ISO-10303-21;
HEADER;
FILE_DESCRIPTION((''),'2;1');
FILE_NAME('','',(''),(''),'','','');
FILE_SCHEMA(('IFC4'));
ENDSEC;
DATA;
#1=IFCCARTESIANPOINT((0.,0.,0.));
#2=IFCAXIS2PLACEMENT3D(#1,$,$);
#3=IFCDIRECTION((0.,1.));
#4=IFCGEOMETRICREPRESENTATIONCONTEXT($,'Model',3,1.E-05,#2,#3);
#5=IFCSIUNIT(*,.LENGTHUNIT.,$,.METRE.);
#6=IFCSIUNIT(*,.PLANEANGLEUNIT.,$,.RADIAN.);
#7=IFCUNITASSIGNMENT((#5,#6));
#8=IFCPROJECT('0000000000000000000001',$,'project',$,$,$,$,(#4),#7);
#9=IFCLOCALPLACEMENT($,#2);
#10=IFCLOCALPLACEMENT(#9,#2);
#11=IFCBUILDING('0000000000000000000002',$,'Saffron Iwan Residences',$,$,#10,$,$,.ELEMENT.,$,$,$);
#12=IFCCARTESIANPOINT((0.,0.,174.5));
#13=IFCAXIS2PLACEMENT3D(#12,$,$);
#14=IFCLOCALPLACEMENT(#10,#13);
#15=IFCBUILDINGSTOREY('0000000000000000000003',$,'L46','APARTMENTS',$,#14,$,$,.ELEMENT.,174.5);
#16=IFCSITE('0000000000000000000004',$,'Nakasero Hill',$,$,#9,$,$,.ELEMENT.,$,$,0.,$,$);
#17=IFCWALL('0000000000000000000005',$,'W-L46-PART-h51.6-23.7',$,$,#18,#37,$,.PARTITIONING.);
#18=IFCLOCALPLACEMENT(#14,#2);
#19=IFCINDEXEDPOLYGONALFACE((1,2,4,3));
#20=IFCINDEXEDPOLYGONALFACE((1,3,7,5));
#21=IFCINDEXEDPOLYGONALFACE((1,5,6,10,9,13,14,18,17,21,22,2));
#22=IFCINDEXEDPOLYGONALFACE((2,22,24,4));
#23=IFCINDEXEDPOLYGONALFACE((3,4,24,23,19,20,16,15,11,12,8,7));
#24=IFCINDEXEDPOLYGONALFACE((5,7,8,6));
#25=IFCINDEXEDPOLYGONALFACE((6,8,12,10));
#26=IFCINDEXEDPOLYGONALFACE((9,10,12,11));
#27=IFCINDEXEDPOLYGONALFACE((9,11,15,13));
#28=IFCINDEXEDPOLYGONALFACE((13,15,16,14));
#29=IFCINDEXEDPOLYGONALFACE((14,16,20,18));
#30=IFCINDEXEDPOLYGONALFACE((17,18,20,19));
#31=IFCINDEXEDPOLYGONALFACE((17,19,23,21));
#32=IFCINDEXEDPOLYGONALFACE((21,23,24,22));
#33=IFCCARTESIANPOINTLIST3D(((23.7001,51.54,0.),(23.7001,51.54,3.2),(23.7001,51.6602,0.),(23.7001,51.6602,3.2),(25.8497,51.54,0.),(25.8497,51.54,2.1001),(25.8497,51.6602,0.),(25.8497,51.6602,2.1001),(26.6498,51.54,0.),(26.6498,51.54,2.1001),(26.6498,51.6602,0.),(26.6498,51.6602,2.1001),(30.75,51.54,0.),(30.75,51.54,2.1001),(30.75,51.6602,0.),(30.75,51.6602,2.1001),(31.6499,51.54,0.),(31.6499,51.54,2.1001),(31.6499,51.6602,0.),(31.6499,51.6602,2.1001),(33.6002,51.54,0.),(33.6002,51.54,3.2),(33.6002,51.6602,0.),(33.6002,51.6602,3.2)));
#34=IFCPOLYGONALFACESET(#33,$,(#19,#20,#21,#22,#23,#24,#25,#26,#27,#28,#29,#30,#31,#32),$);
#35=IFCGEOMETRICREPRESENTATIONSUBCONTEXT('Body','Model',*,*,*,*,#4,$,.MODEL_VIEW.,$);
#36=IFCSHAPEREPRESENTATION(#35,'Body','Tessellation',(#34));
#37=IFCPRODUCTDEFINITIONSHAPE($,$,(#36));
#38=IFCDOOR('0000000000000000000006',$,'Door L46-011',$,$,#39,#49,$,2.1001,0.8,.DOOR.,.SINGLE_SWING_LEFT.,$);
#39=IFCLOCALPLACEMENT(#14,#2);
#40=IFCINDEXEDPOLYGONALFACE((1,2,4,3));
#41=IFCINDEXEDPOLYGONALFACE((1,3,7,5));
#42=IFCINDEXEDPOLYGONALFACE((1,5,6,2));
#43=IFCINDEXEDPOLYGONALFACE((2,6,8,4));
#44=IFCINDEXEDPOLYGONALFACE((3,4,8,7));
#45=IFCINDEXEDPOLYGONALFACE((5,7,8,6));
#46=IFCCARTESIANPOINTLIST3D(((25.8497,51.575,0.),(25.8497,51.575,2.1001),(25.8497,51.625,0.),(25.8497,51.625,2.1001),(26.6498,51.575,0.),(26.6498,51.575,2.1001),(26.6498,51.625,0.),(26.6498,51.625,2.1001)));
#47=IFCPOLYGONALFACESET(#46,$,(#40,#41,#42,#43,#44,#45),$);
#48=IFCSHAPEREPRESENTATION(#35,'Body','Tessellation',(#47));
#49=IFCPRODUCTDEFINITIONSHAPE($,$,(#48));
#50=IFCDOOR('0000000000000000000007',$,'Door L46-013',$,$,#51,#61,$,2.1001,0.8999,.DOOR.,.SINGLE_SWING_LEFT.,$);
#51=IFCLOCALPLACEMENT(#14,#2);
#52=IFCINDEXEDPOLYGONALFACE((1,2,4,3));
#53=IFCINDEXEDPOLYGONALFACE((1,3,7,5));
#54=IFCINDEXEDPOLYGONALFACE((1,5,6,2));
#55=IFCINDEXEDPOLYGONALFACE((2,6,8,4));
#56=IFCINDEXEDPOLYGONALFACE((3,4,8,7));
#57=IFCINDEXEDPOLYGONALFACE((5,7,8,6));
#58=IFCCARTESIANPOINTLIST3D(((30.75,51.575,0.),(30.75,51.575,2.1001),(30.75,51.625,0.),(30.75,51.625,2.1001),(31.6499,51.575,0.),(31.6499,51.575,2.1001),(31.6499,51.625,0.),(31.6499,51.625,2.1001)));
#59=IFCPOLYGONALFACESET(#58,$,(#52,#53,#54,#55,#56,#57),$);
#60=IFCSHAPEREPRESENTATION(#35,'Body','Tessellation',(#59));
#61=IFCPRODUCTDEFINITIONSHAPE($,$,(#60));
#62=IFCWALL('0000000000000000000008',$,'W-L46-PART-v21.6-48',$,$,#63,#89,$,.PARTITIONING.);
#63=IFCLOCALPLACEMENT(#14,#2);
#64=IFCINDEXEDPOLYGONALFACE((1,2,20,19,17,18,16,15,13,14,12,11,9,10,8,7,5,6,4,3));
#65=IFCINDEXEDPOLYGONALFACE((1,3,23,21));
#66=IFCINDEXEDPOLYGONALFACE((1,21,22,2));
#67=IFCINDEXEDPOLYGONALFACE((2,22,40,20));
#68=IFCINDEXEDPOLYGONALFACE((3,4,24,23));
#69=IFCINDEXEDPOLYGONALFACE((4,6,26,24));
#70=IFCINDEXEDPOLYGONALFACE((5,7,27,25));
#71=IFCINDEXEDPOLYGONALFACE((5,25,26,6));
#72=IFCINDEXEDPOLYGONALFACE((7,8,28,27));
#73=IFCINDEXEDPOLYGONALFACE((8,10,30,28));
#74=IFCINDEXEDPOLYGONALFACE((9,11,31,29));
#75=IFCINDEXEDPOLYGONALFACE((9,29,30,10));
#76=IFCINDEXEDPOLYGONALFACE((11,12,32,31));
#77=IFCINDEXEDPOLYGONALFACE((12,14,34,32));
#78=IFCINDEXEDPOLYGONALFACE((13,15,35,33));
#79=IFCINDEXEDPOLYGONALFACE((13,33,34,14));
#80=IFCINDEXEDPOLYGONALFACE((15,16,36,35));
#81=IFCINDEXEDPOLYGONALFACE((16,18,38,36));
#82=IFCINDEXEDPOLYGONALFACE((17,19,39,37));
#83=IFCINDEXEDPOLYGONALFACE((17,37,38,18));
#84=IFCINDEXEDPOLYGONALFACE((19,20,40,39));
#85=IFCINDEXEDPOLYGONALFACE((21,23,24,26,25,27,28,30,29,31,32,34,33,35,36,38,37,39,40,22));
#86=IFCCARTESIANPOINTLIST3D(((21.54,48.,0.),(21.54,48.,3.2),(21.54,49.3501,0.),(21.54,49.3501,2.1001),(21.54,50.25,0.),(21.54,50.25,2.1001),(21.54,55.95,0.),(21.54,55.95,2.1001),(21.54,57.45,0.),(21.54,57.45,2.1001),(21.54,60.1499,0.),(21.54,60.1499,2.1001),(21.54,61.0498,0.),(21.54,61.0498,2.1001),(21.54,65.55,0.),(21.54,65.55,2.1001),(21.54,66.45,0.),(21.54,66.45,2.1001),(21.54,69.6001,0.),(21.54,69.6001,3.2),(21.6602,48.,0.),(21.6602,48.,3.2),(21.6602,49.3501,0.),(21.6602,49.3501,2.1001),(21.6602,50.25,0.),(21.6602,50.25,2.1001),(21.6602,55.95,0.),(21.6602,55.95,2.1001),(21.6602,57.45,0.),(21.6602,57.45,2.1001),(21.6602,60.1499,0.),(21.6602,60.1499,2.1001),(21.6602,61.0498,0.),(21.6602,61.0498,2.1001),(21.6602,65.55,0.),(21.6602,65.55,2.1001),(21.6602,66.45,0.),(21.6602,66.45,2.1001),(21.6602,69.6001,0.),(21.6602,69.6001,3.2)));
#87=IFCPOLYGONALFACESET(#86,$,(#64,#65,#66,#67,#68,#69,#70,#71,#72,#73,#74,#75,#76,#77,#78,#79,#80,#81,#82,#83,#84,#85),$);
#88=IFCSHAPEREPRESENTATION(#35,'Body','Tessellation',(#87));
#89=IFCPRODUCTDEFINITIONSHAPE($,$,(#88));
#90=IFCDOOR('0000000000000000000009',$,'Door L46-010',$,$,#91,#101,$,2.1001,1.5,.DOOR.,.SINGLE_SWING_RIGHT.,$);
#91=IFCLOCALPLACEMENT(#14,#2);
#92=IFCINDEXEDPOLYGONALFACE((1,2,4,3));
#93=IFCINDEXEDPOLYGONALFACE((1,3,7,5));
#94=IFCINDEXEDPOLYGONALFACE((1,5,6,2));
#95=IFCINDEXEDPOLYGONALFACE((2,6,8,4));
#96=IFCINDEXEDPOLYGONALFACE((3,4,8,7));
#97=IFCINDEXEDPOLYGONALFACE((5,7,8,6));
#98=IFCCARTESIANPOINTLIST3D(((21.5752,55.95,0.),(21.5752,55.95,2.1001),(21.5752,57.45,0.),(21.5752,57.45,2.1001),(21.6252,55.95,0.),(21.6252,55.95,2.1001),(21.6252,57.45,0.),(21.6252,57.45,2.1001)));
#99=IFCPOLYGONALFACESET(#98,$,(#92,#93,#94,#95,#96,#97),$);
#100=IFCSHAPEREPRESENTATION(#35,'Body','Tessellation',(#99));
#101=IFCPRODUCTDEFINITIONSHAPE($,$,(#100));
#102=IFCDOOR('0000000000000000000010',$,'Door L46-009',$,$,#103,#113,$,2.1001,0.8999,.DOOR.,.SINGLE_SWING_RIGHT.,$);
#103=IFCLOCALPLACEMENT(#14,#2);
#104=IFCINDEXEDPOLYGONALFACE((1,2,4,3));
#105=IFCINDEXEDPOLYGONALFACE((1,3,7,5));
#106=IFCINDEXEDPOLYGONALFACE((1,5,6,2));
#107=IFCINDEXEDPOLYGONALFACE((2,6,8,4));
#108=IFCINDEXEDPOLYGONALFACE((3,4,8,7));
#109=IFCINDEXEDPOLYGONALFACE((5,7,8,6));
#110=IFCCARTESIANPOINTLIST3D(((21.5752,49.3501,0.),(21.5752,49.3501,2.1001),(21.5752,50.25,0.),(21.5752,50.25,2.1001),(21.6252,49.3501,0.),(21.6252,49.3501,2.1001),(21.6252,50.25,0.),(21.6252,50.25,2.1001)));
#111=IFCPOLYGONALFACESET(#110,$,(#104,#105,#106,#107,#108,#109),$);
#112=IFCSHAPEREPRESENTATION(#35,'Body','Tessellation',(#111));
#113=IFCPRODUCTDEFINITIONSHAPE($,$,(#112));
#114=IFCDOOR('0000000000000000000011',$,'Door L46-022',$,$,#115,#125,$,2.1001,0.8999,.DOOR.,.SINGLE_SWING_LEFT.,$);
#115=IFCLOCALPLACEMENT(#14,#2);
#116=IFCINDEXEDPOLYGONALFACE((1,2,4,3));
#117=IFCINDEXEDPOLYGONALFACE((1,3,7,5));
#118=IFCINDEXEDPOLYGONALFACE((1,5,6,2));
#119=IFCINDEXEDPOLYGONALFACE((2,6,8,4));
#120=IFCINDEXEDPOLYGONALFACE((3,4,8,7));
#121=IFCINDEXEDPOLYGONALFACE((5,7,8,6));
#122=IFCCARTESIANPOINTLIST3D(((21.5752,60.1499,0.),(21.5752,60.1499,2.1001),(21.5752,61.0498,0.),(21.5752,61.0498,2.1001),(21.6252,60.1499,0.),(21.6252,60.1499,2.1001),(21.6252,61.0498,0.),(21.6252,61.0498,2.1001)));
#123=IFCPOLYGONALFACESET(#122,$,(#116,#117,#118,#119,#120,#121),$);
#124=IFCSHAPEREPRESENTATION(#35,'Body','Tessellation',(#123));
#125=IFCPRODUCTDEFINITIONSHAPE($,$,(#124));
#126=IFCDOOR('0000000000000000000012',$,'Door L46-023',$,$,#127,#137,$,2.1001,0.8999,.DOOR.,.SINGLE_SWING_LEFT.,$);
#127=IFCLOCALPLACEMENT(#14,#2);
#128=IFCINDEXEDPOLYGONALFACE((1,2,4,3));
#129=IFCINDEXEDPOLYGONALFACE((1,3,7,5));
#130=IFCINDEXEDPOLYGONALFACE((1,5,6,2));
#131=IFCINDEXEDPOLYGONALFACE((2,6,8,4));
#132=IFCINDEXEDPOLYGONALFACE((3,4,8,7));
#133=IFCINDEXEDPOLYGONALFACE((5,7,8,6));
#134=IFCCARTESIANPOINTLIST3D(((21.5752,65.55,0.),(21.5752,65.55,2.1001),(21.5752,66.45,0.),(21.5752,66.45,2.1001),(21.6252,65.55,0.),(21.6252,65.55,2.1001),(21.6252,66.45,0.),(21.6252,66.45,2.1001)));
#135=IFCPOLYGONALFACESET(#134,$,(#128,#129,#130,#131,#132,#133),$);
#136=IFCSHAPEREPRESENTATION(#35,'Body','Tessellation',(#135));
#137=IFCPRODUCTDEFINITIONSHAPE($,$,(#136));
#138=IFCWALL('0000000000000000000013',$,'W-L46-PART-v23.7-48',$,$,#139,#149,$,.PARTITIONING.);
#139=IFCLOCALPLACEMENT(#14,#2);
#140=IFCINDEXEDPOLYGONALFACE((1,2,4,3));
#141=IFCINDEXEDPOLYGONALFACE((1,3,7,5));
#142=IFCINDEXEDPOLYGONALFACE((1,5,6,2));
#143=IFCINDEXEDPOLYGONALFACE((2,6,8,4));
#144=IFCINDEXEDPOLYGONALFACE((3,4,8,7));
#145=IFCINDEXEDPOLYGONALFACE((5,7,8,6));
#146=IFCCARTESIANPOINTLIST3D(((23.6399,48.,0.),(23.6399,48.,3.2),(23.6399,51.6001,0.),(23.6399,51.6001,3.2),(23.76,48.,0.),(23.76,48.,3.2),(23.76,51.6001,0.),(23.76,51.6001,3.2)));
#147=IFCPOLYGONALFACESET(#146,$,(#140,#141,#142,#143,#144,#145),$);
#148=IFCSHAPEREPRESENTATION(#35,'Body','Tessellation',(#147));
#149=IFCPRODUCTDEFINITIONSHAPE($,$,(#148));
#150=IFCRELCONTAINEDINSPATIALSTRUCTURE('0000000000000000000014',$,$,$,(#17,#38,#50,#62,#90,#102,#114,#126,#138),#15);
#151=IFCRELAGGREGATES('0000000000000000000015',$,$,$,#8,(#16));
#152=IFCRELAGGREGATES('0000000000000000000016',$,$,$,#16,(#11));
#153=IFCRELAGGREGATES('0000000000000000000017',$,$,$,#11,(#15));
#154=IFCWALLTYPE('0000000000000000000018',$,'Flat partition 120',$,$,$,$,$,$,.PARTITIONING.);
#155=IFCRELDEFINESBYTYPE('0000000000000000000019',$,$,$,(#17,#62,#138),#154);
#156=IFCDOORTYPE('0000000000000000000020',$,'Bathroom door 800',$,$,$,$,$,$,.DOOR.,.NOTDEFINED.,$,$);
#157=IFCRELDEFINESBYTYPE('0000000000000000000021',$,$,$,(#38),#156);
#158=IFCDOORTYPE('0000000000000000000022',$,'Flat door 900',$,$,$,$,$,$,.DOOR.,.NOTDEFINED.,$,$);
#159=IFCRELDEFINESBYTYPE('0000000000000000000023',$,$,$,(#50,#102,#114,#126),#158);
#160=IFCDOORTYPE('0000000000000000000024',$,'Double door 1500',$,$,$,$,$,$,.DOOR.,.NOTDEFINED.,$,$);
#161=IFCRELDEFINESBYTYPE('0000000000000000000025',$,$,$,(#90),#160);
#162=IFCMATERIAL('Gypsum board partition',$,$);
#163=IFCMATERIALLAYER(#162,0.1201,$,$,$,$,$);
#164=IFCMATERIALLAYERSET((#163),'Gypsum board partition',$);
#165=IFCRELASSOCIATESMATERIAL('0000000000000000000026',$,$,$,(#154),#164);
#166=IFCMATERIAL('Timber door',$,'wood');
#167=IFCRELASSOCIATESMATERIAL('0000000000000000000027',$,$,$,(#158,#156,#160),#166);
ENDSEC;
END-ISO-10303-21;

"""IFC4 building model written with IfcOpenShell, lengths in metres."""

from ifc_helpers import new_model, si_unit, direction, frame, frame_2d, origin, place, context, subcontext, project, spatial, rectangle, extrude, material, layer, layer_set, type_object, element, fill, save


model = new_model("IFC4")

# Units and contexts
model_context = context("Model", 3, precision=1e-05, world=origin(), true_north=direction((0.0, 1.0)))
body_context = subcontext(model_context, "Body", "Model", "MODEL_VIEW")
ifc_project = project(units=[si_unit("LENGTHUNIT", "METRE"), si_unit("PLANEANGLEUNIT", "RADIAN")], contexts=[model_context])

# Site, building, storey
site_placement = place(None, origin())
site = spatial("IfcSite", under=ifc_project, at=site_placement, Name="Nakasero Hill", CompositionType="ELEMENT", RefElevation=0.0)
building_placement = place(site_placement, origin())
building = spatial("IfcBuilding", under=site, at=building_placement, Name="Saffron Iwan Residences", CompositionType="ELEMENT")
storey_placement = place(building_placement, frame((0.0, 0.0, 174.5)))
storey = spatial("IfcBuildingStorey", under=building, at=storey_placement, Name="L46", Description="APARTMENTS", CompositionType="ELEMENT", Elevation=174.5)

# Shared definitions
ifc_material_1 = material(Name="Gypsum board partition")
ifc_layer_1 = layer(ifc_material_1, 0.1201)
ifc_layer_set_1 = layer_set([ifc_layer_1], Name="Gypsum board partition")
wall_type_1 = type_object("IfcWallType", Name="Flat partition 120", PredefinedType="PARTITIONING", material=ifc_layer_set_1)
ifc_material_2 = material(Name="Timber door", Category="wood")
door_type_1 = type_object("IfcDoorType", Name="Flat door 900", OperationType="NOTDEFINED", PredefinedType="DOOR", material=ifc_material_2)

# Walls, openings, doors
wall_1_placement = place(storey_placement, frame((23.7, 51.6001, 0.0), z_axis=(0.0, 0.0, 1.0), x_axis=(1.0, 0.0, 0.0)))
wall_1 = element("IfcWall", 1, at=wall_1_placement, inside=storey, type_object=wall_type_1, Name="W-L46-PART-h51.6-23.7", PredefinedType="PARTITIONING", context=body_context, shape_type="SweptSolid", body=[
    extrude(rectangle(XDim=9.9001, YDim=0.1201, at=frame_2d((4.9502, 0.0))), origin(), (0.0, 0.0, 1.0), 3.2),
])
opening_1_placement = place(wall_1_placement, frame((2.1499, 0.0, 0.0)))
opening_1 = element("IfcOpeningElement", 2, at=opening_1_placement, cuts=wall_1, PredefinedType="OPENING", context=body_context, shape_type="SweptSolid", body=[
    extrude(rectangle(XDim=0.8, YDim=2.1001, at=frame_2d((0.3999, 1.05))), frame((0.0, 0.0701, 0.0), z_axis=(0.0, -1.0, 0.0), x_axis=(1.0, 0.0, 0.0)), (0.0, 0.0, 1.0), 0.1401),
])
opening_2_placement = place(wall_1_placement, frame((7.05, 0.0, 0.0)))
opening_2 = element("IfcOpeningElement", 3, at=opening_2_placement, cuts=wall_1, PredefinedType="OPENING", context=body_context, shape_type="SweptSolid", body=[
    extrude(rectangle(XDim=0.8999, YDim=2.1001, at=frame_2d((0.45, 1.05))), frame((0.0, 0.0701, 0.0), z_axis=(0.0, -1.0, 0.0), x_axis=(1.0, 0.0, 0.0)), (0.0, 0.0, 1.0), 0.1401),
])
door_type_2 = type_object("IfcDoorType", Name="Bathroom door 800", OperationType="NOTDEFINED", PredefinedType="DOOR", material=ifc_material_2)
door_1_placement = place(opening_1_placement, origin())
door_1 = element("IfcDoor", 4, at=door_1_placement, inside=storey, type_object=door_type_2, Name="Door L46-011", OperationType="SINGLE_SWING_LEFT", OverallHeight=2.1001, OverallWidth=0.8, PredefinedType="DOOR", context=body_context, shape_type="SweptSolid", body=[
    extrude(rectangle(XDim=0.8, YDim=2.1001, at=frame_2d((0.3999, 1.05))), frame((0.0, 0.0249, 0.0), z_axis=(0.0, -1.0, 0.0), x_axis=(1.0, 0.0, 0.0)), (0.0, 0.0, 1.0), 0.05),
])
fill(opening_1, door_1)
door_2_placement = place(opening_2_placement, origin())
door_2 = element("IfcDoor", 5, at=door_2_placement, inside=storey, type_object=door_type_1, Name="Door L46-013", OperationType="SINGLE_SWING_LEFT", OverallHeight=2.1001, OverallWidth=0.8999, PredefinedType="DOOR", context=body_context, shape_type="SweptSolid", body=[
    extrude(rectangle(XDim=0.8999, YDim=2.1001, at=frame_2d((0.45, 1.05))), frame((0.0, 0.0249, 0.0), z_axis=(0.0, -1.0, 0.0), x_axis=(1.0, 0.0, 0.0)), (0.0, 0.0, 1.0), 0.05),
])
fill(opening_2, door_2)
wall_2_placement = place(storey_placement, frame((21.6001, 48.0, 0.0), z_axis=(0.0, 0.0, 1.0), x_axis=(0.0, 1.0, 0.0)))
wall_2 = element("IfcWall", 6, at=wall_2_placement, inside=storey, type_object=wall_type_1, Name="W-L46-PART-v21.6-48", PredefinedType="PARTITIONING", context=body_context, shape_type="SweptSolid", body=[
    extrude(rectangle(XDim=21.6001, YDim=0.1201, at=frame_2d((10.8, 0.0))), origin(), (0.0, 0.0, 1.0), 3.2),
])
opening_3_placement = place(wall_2_placement, frame((1.3501, 0.0, 0.0)))
opening_3 = element("IfcOpeningElement", 7, at=opening_3_placement, cuts=wall_2, PredefinedType="OPENING", context=body_context, shape_type="SweptSolid", body=[
    extrude(rectangle(XDim=0.8999, YDim=2.1001, at=frame_2d((0.45, 1.05))), frame((0.0, 0.0701, 0.0), z_axis=(0.0, -1.0, 0.0), x_axis=(1.0, 0.0, 0.0)), (0.0, 0.0, 1.0), 0.1401),
])
opening_4_placement = place(wall_2_placement, frame((7.95, 0.0, 0.0)))
opening_4 = element("IfcOpeningElement", 8, at=opening_4_placement, cuts=wall_2, PredefinedType="OPENING", context=body_context, shape_type="SweptSolid", body=[
    extrude(rectangle(XDim=1.5, YDim=2.1001, at=frame_2d((0.75, 1.05))), frame((0.0, 0.0701, 0.0), z_axis=(0.0, -1.0, 0.0), x_axis=(1.0, 0.0, 0.0)), (0.0, 0.0, 1.0), 0.1401),
])
opening_5_placement = place(wall_2_placement, frame((12.1499, 0.0, 0.0)))
opening_5 = element("IfcOpeningElement", 9, at=opening_5_placement, cuts=wall_2, PredefinedType="OPENING", context=body_context, shape_type="SweptSolid", body=[
    extrude(rectangle(XDim=0.8999, YDim=2.1001, at=frame_2d((0.45, 1.05))), frame((0.0, 0.0701, 0.0), z_axis=(0.0, -1.0, 0.0), x_axis=(1.0, 0.0, 0.0)), (0.0, 0.0, 1.0), 0.1401),
])
opening_6_placement = place(wall_2_placement, frame((17.55, 0.0, 0.0)))
opening_6 = element("IfcOpeningElement", 10, at=opening_6_placement, cuts=wall_2, PredefinedType="OPENING", context=body_context, shape_type="SweptSolid", body=[
    extrude(rectangle(XDim=0.8999, YDim=2.1001, at=frame_2d((0.45, 1.05))), frame((0.0, 0.0701, 0.0), z_axis=(0.0, -1.0, 0.0), x_axis=(1.0, 0.0, 0.0)), (0.0, 0.0, 1.0), 0.1401),
])
door_type_3 = type_object("IfcDoorType", Name="Double door 1500", OperationType="NOTDEFINED", PredefinedType="DOOR", material=ifc_material_2)
door_3_placement = place(opening_4_placement, origin())
door_3 = element("IfcDoor", 11, at=door_3_placement, inside=storey, type_object=door_type_3, Name="Door L46-010", OperationType="SINGLE_SWING_RIGHT", OverallHeight=2.1001, OverallWidth=1.5, PredefinedType="DOOR", context=body_context, shape_type="SweptSolid", body=[
    extrude(rectangle(XDim=1.5, YDim=2.1001, at=frame_2d((0.75, 1.05))), frame((0.0, 0.0249, 0.0), z_axis=(0.0, -1.0, 0.0), x_axis=(1.0, 0.0, 0.0)), (0.0, 0.0, 1.0), 0.05),
])
fill(opening_4, door_3)
door_4_placement = place(opening_3_placement, origin())
door_4 = element("IfcDoor", 12, at=door_4_placement, inside=storey, type_object=door_type_1, Name="Door L46-009", OperationType="SINGLE_SWING_RIGHT", OverallHeight=2.1001, OverallWidth=0.8999, PredefinedType="DOOR", context=body_context, shape_type="SweptSolid", body=[
    extrude(rectangle(XDim=0.8999, YDim=2.1001, at=frame_2d((0.45, 1.05))), frame((0.0, 0.0249, 0.0), z_axis=(0.0, -1.0, 0.0), x_axis=(1.0, 0.0, 0.0)), (0.0, 0.0, 1.0), 0.05),
])
fill(opening_3, door_4)
door_5_placement = place(opening_5_placement, origin())
door_5 = element("IfcDoor", 13, at=door_5_placement, inside=storey, type_object=door_type_1, Name="Door L46-022", OperationType="SINGLE_SWING_LEFT", OverallHeight=2.1001, OverallWidth=0.8999, PredefinedType="DOOR", context=body_context, shape_type="SweptSolid", body=[
    extrude(rectangle(XDim=0.8999, YDim=2.1001, at=frame_2d((0.45, 1.05))), frame((0.0, 0.0249, 0.0), z_axis=(0.0, -1.0, 0.0), x_axis=(1.0, 0.0, 0.0)), (0.0, 0.0, 1.0), 0.05),
])
fill(opening_5, door_5)
door_6_placement = place(opening_6_placement, origin())
door_6 = element("IfcDoor", 14, at=door_6_placement, inside=storey, type_object=door_type_1, Name="Door L46-023", OperationType="SINGLE_SWING_LEFT", OverallHeight=2.1001, OverallWidth=0.8999, PredefinedType="DOOR", context=body_context, shape_type="SweptSolid", body=[
    extrude(rectangle(XDim=0.8999, YDim=2.1001, at=frame_2d((0.45, 1.05))), frame((0.0, 0.0249, 0.0), z_axis=(0.0, -1.0, 0.0), x_axis=(1.0, 0.0, 0.0)), (0.0, 0.0, 1.0), 0.05),
])
fill(opening_6, door_6)

# Wall
wall_3_placement = place(storey_placement, frame((23.7, 48.0, 0.0), z_axis=(0.0, 0.0, 1.0), x_axis=(0.0, 1.0, 0.0)))
element("IfcWall", 15, at=wall_3_placement, inside=storey, type_object=wall_type_1, Name="W-L46-PART-v23.7-48", PredefinedType="PARTITIONING", context=body_context, shape_type="SweptSolid", body=[
    extrude(rectangle(XDim=3.6001, YDim=0.1201, at=frame_2d((1.8, 0.0))), origin(), (0.0, 0.0, 1.0), 3.2),
])

save(model, "model.ifc")
